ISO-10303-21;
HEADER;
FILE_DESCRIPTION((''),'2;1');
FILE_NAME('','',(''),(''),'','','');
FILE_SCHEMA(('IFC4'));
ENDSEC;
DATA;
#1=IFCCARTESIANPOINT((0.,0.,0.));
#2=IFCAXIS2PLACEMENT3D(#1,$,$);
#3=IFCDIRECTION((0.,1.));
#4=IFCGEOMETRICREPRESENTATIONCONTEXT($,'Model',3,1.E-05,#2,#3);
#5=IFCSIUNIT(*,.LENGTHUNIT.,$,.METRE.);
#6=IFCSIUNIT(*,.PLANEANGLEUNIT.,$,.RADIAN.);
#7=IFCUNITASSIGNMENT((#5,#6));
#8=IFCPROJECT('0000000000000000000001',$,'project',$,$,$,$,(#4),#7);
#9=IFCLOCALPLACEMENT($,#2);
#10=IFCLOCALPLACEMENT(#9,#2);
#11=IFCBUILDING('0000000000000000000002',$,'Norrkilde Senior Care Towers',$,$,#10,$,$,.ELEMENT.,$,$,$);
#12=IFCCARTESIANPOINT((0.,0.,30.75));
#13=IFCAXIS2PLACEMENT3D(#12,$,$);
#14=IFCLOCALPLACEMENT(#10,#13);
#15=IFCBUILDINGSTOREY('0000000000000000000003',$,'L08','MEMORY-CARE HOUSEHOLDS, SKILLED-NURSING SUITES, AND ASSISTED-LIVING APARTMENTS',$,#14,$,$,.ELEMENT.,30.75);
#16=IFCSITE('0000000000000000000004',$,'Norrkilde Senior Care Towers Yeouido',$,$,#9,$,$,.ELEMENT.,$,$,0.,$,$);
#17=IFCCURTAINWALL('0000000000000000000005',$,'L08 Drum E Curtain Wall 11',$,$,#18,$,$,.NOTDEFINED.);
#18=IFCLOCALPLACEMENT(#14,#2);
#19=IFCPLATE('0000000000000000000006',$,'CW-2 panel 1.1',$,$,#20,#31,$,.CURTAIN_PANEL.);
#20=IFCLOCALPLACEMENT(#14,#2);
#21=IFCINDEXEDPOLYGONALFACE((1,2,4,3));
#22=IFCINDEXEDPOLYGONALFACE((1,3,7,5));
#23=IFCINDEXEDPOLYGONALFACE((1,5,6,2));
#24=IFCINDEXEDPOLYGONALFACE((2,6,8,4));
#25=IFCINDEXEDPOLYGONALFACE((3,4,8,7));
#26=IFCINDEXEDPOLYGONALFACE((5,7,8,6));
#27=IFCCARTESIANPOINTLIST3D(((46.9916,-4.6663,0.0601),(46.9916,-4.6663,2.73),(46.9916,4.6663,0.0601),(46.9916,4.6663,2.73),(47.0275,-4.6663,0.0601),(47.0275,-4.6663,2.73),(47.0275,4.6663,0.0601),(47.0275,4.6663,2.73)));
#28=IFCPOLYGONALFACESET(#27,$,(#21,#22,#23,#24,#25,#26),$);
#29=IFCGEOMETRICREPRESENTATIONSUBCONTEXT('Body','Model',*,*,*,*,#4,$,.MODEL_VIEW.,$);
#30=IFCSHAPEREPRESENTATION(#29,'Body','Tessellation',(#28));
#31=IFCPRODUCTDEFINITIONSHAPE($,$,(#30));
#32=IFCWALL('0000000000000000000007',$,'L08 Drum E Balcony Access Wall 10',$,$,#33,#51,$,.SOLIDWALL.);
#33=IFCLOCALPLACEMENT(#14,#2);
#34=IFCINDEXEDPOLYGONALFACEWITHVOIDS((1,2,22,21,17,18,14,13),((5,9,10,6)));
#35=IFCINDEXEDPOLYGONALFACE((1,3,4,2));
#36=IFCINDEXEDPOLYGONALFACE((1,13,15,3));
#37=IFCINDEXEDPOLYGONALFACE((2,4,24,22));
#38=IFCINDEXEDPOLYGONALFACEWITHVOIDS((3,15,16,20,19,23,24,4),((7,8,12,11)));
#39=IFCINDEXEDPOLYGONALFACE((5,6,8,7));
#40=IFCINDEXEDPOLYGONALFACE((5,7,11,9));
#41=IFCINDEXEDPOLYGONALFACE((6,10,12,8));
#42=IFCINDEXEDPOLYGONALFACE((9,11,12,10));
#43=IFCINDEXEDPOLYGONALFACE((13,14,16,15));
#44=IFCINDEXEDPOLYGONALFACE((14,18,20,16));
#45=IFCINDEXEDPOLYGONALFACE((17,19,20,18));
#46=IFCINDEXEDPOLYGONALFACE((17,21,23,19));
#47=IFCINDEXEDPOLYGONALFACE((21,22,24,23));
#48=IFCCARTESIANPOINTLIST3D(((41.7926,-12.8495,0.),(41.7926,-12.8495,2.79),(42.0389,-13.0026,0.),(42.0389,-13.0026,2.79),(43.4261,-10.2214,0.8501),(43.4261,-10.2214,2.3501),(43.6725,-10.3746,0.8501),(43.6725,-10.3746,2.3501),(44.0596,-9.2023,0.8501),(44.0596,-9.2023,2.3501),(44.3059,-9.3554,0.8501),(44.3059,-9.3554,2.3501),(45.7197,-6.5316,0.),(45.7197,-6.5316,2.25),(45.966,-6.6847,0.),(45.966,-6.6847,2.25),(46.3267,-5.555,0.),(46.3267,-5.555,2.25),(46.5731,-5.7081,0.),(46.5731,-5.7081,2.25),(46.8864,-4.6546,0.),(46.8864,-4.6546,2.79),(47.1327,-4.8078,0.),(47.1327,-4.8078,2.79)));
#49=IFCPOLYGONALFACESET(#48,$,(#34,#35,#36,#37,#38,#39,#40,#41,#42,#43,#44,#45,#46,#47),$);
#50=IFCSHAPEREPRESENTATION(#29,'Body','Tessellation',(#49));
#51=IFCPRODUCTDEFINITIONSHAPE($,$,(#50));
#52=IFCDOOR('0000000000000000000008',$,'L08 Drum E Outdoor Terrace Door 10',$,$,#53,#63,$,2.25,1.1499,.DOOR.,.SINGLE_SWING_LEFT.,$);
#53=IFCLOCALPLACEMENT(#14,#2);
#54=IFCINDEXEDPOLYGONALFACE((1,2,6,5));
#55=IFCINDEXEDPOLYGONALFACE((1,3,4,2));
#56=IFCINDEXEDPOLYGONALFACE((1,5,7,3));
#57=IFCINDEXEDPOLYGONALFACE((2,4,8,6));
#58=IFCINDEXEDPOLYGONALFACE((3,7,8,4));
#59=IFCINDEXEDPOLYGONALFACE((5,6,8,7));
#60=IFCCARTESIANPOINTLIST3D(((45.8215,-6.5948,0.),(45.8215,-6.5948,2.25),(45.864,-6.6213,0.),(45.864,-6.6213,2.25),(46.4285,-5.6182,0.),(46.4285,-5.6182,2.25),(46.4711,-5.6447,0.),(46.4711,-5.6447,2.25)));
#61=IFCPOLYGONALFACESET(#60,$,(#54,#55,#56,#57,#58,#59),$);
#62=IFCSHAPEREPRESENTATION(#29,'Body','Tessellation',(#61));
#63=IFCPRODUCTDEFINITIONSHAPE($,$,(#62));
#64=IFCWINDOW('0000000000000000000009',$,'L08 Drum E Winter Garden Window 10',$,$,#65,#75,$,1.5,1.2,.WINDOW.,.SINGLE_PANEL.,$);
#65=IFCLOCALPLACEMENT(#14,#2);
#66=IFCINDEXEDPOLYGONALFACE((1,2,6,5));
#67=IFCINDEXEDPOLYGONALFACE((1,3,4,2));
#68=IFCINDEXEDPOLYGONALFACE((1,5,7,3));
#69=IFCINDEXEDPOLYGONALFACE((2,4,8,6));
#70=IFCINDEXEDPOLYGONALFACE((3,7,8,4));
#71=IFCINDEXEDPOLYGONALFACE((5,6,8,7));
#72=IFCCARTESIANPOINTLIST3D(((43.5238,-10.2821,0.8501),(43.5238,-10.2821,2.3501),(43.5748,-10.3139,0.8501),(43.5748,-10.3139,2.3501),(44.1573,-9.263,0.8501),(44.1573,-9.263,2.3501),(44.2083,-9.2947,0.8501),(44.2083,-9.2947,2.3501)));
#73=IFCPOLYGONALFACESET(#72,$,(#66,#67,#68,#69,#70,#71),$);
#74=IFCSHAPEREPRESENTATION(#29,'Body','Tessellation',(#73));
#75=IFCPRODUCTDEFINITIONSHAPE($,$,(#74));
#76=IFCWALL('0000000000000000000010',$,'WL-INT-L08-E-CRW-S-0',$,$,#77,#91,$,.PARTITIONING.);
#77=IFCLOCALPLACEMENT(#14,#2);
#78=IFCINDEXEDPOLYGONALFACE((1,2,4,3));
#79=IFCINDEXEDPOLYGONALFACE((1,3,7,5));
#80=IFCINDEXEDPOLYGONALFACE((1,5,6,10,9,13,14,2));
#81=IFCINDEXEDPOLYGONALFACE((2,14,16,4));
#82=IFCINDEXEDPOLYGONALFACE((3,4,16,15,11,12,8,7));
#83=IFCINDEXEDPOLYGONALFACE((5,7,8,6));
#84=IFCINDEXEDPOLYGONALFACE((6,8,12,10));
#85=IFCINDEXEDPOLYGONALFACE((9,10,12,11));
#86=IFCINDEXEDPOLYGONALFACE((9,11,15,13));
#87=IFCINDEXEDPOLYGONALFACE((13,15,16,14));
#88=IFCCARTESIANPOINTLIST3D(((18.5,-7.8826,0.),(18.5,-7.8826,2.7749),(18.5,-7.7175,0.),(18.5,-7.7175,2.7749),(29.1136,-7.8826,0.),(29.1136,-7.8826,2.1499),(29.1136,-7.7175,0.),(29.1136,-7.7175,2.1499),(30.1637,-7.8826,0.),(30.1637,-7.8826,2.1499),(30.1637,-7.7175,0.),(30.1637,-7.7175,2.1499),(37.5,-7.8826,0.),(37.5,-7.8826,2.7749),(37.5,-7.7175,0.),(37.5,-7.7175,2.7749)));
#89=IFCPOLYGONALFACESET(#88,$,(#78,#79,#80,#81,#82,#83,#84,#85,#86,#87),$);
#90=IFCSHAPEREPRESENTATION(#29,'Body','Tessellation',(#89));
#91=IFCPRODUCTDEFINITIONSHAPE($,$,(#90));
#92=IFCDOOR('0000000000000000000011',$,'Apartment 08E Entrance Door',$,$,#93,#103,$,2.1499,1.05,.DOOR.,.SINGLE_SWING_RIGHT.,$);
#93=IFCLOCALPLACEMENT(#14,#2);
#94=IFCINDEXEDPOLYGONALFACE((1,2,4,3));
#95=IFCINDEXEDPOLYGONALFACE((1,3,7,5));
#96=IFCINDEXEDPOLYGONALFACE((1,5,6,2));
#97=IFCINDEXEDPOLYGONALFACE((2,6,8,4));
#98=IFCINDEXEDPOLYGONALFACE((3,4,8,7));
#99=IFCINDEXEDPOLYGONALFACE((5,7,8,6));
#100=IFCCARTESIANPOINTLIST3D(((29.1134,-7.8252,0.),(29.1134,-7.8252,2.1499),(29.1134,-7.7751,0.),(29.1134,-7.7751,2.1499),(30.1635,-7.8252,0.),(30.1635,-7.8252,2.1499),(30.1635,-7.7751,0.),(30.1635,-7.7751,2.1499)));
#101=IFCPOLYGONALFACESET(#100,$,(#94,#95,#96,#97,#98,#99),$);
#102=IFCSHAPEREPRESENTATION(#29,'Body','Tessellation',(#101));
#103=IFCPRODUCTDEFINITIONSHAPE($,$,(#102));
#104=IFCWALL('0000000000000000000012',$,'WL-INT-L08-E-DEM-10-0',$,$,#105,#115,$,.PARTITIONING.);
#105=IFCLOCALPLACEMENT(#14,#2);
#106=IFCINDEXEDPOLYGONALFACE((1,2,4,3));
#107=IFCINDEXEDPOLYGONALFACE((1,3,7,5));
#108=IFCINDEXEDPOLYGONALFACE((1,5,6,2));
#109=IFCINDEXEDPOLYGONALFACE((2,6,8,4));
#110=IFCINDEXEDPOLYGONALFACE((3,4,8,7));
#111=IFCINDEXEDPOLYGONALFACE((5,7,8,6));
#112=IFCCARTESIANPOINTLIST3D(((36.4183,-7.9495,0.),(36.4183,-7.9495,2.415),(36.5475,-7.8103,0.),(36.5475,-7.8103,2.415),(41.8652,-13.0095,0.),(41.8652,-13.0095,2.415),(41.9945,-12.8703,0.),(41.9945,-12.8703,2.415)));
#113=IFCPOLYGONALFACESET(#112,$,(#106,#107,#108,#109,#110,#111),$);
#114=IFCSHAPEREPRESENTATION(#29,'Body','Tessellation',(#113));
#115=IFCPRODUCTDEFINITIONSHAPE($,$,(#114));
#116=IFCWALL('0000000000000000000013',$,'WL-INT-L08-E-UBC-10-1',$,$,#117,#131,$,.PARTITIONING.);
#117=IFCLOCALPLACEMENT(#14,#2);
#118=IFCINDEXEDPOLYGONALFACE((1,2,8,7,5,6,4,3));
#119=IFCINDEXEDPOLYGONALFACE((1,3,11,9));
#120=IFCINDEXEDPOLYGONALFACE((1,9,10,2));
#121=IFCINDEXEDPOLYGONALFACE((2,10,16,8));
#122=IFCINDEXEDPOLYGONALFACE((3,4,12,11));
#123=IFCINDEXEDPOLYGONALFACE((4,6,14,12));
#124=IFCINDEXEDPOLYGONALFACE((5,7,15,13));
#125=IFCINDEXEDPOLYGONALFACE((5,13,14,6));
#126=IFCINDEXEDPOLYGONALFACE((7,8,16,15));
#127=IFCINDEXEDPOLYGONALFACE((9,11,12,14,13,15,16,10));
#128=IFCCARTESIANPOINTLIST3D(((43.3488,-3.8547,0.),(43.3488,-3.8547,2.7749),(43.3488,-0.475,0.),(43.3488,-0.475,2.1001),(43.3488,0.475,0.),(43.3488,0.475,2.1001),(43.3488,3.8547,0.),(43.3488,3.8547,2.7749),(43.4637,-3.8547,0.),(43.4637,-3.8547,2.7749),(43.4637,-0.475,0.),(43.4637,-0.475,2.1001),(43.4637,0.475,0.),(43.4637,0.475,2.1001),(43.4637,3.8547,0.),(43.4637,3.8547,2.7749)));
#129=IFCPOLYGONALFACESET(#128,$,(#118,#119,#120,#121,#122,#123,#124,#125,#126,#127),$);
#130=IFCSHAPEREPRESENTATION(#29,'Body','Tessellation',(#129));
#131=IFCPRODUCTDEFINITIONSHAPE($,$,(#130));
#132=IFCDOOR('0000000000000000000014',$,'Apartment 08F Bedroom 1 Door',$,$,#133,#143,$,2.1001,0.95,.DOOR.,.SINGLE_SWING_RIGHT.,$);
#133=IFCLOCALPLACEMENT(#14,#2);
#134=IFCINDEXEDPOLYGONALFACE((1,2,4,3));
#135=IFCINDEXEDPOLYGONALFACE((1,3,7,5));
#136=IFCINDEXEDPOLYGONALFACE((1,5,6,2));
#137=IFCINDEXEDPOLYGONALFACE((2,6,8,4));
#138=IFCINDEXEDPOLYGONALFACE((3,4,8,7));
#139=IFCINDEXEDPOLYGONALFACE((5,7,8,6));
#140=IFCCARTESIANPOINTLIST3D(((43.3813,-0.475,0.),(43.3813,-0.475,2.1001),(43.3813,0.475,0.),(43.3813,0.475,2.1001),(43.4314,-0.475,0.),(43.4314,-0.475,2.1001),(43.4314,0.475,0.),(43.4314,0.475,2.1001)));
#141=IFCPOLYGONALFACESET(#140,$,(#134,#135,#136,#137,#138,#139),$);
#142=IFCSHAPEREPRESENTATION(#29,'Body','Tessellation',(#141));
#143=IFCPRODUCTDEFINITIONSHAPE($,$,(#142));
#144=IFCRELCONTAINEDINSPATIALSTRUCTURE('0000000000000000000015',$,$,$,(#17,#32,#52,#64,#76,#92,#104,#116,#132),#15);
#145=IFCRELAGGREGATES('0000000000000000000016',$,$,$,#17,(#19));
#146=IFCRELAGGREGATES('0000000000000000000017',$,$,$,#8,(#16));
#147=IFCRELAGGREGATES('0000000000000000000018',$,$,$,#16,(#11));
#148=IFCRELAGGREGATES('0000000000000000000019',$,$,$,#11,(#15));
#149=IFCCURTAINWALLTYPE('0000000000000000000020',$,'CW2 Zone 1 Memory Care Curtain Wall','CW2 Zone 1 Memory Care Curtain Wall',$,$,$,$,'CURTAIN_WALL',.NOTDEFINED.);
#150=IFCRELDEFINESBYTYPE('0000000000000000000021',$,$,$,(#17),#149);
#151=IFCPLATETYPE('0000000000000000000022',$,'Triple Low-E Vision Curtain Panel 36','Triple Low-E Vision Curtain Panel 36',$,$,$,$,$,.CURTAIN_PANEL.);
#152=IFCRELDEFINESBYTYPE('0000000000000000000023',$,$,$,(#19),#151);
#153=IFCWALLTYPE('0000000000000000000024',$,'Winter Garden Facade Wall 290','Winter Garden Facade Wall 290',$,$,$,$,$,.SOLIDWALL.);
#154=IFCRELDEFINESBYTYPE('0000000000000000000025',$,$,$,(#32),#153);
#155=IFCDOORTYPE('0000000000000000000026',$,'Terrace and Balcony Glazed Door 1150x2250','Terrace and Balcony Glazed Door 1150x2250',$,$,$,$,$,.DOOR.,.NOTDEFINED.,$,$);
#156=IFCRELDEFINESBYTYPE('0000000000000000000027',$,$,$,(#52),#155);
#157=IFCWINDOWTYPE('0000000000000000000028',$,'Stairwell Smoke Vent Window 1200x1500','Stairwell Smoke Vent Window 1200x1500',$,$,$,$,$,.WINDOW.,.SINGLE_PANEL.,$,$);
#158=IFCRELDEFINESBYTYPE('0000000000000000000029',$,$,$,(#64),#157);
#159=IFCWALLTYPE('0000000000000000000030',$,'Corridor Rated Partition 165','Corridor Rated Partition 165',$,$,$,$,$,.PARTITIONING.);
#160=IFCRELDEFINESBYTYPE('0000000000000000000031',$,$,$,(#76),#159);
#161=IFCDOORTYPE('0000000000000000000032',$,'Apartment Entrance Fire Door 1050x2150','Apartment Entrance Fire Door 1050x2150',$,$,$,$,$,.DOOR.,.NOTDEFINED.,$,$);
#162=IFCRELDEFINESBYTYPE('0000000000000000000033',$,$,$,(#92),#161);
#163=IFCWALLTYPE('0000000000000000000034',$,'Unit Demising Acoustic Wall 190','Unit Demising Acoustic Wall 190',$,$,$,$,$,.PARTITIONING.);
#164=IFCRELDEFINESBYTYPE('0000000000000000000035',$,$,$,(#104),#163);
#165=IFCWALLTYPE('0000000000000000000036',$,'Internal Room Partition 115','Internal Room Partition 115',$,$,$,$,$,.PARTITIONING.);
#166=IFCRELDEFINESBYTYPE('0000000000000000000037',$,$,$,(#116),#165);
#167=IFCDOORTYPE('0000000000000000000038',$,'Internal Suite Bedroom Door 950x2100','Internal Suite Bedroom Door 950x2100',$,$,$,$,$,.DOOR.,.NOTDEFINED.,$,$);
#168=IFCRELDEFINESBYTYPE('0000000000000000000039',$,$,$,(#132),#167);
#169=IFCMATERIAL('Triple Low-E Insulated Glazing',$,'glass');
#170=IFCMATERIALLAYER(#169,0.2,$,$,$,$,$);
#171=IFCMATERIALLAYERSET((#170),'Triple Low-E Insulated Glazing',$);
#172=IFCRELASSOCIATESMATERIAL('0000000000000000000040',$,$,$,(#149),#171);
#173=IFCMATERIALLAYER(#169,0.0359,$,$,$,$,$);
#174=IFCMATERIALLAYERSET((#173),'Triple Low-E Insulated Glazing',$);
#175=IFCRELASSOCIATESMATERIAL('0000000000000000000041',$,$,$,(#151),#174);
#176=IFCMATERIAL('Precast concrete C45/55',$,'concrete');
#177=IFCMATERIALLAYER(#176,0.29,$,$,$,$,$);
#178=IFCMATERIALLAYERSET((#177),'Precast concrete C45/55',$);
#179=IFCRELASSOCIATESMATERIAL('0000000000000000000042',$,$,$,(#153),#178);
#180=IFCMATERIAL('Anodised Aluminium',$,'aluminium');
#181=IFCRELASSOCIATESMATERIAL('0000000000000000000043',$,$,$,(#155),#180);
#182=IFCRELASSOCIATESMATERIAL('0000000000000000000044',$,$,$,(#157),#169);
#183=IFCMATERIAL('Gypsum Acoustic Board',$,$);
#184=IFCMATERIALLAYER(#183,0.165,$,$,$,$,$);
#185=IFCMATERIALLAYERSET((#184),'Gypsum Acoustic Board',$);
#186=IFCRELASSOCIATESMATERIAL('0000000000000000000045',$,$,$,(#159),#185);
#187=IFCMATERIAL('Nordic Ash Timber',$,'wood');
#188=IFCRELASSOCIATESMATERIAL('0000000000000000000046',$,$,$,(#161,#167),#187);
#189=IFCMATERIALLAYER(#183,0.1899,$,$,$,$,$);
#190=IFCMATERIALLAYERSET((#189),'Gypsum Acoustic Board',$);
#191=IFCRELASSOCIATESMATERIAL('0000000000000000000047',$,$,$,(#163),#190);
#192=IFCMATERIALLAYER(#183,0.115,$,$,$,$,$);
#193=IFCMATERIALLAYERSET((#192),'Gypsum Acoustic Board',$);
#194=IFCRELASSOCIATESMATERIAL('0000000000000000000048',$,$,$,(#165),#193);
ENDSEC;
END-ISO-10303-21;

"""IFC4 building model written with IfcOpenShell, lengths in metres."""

from ifc_helpers import new_model, si_unit, direction, frame, frame_2d, origin, origin_2d, place, context, subcontext, project, spatial, rectangle, extrude, source, transform, mapped, material, layer, layer_set, type_object, type_shapes, element, fill, aggregate, save


model = new_model("IFC4")

# Units and contexts
model_context = context("Model", 3, precision=1e-05, world=origin(), true_north=direction((0.0, 1.0)))
body_context = subcontext(model_context, "Body", "Model", "MODEL_VIEW")
ifc_project = project(units=[si_unit("LENGTHUNIT", "METRE"), si_unit("PLANEANGLEUNIT", "RADIAN")], contexts=[model_context])

# Site, building, storey
site_placement = place(None, origin())
site = spatial("IfcSite", under=ifc_project, at=site_placement, Name="Norrkilde Senior Care Towers Yeouido", CompositionType="ELEMENT", RefElevation=0.0)
building_placement = place(site_placement, origin())
building = spatial("IfcBuilding", under=site, at=building_placement, Name="Norrkilde Senior Care Towers", CompositionType="ELEMENT")
storey_placement = place(building_placement, frame((0.0, 0.0, 30.75)))
storey = spatial("IfcBuildingStorey", under=building, at=storey_placement, Name="L08", Description="MEMORY-CARE HOUSEHOLDS, SKILLED-NURSING SUITES, AND ASSISTED-LIVING APARTMENTS", CompositionType="ELEMENT", Elevation=30.75)

# Curtain wall
ifc_material_1 = material(Name="Triple Low-E Insulated Glazing", Category="glass")
ifc_layer_1 = layer(ifc_material_1, 0.2)
ifc_layer_set_1 = layer_set([ifc_layer_1], Name="Triple Low-E Insulated Glazing")
curtain_wall_type = type_object("IfcCurtainWallType", Name="CW2 Zone 1 Memory Care Curtain Wall", Description="CW2 Zone 1 Memory Care Curtain Wall", ElementType="CURTAIN_WALL", PredefinedType="NOTDEFINED", material=ifc_layer_set_1)
ifc_material_2 = material(Name="Anodised Aluminium", Category="aluminium")
curtain_wall_1_placement = place(storey_placement, origin())
curtain_wall_1 = element("IfcCurtainWall", 1, at=curtain_wall_1_placement, inside=storey, type_object=curtain_wall_type, Name="L08 Drum E Curtain Wall 11", PredefinedType="NOTDEFINED")

# Plate
ifc_layer_2 = layer(ifc_material_1, 0.0359)
ifc_layer_set_2 = layer_set([ifc_layer_2], Name="Triple Low-E Insulated Glazing")
plate_type = type_object("IfcPlateType", Name="Triple Low-E Vision Curtain Panel 36", Description="Triple Low-E Vision Curtain Panel 36", PredefinedType="CURTAIN_PANEL", material=ifc_layer_set_2)
shared_shape_1 = source(origin(), body_context, "Body", "SweptSolid", [
    extrude(rectangle(XDim=9.3325, YDim=0.0359, at=origin_2d()), origin(), (0.0, 0.0, 1.0), 2.6699),
])
plate_1_placement = place(storey_placement, frame((47.0095, 0.0, 0.0601), z_axis=(0.0, 0.0, 1.0), x_axis=(0.0, -1.0, 0.0)))
plate_1 = element("IfcPlate", 2, at=plate_1_placement, type_object=plate_type, Name="CW-2 panel 1.1", PredefinedType="CURTAIN_PANEL", context=body_context, shape_type="MappedRepresentation", body=[
    mapped(shared_shape_1, transform((0.0, 0.0, 0.0), x_axis=(1.0, 0.0, 0.0), y_axis=(0.0, 1.0, 0.0), z_axis=(0.0, 0.0, 1.0), scale=1.0)),
])
aggregate(curtain_wall_1, [plate_1])

# Wall, openings, door, window
ifc_material_3 = material(Name="Precast concrete C45/55", Category="concrete")
ifc_layer_3 = layer(ifc_material_3, 0.29)
ifc_layer_set_3 = layer_set([ifc_layer_3], Name="Precast concrete C45/55")
wall_type_1 = type_object("IfcWallType", Name="Winter Garden Facade Wall 290", Description="Winter Garden Facade Wall 290", PredefinedType="SOLIDWALL", material=ifc_layer_set_3)
shared_shape_2 = source(origin(), body_context, "Body", "SweptSolid", [
    extrude(rectangle(XDim=9.6489, YDim=0.29, at=frame_2d((4.8245, 0.0))), origin(), (0.0, 0.0, 1.0), 2.79),
])
type_shapes(wall_type_1, [shared_shape_2])
wall_1_placement = place(storey_placement, frame((47.0095, -4.7312, 0.0), z_axis=(0.0, 0.0, 1.0), x_axis=(-0.527909, -0.849301, 0.0)))
wall_1 = element("IfcWall", 3, at=wall_1_placement, inside=storey, type_object=wall_type_1, Name="L08 Drum E Balcony Access Wall 10", PredefinedType="SOLIDWALL", context=body_context, shape_type="MappedRepresentation", body=[
    mapped(shared_shape_2, transform((0.0, 0.0, 0.0), x_axis=(1.0, 0.0, 0.0), y_axis=(0.0, 1.0, 0.0), z_axis=(0.0, 0.0, 1.0), scale=1.0)),
])
opening_1_placement = place(wall_1_placement, frame((1.0601, 0.0, 0.0)))
opening_1 = element("IfcOpeningElement", 4, at=opening_1_placement, cuts=wall_1, PredefinedType="OPENING", context=body_context, shape_type="SweptSolid", body=[
    extrude(rectangle(XDim=1.1499, YDim=2.25, at=frame_2d((0.575, 1.125))), frame((0.0, 0.155, 0.0), z_axis=(0.0, -1.0, 0.0), x_axis=(1.0, 0.0, 0.0)), (0.0, 0.0, 1.0), 0.3101),
])
opening_2_placement = place(wall_1_placement, frame((5.3545, 0.0, 0.8501)))
opening_2 = element("IfcOpeningElement", 5, at=opening_2_placement, cuts=wall_1, PredefinedType="OPENING", context=body_context, shape_type="SweptSolid", body=[
    extrude(rectangle(XDim=1.2, YDim=1.5, at=frame_2d((0.6001, 0.75))), frame((0.0, 0.155, 0.0), z_axis=(0.0, -1.0, 0.0), x_axis=(1.0, 0.0, 0.0)), (0.0, 0.0, 1.0), 0.3101),
])
door_type_1 = type_object("IfcDoorType", Name="Terrace and Balcony Glazed Door 1150x2250", Description="Terrace and Balcony Glazed Door 1150x2250", OperationType="NOTDEFINED", PredefinedType="DOOR", material=ifc_material_2)
shared_shape_3 = source(origin(), body_context, "Body", "SweptSolid", [
    extrude(rectangle(XDim=1.1499, YDim=2.25, at=frame_2d((0.575, 1.125))), frame((0.0, 0.0249, 0.0), z_axis=(0.0, -1.0, 0.0), x_axis=(1.0, 0.0, 0.0)), (0.0, 0.0, 1.0), 0.05),
])
type_shapes(door_type_1, [shared_shape_3])
door_1_placement = place(opening_1_placement, origin())
door_1 = element("IfcDoor", 6, at=door_1_placement, inside=storey, type_object=door_type_1, Name="L08 Drum E Outdoor Terrace Door 10", OperationType="SINGLE_SWING_LEFT", OverallHeight=2.25, OverallWidth=1.1499, PredefinedType="DOOR", context=body_context, shape_type="MappedRepresentation", body=[
    mapped(shared_shape_3, transform((0.0, 0.0, 0.0), x_axis=(1.0, 0.0, 0.0), y_axis=(0.0, 1.0, 0.0), z_axis=(0.0, 0.0, 1.0), scale=1.0)),
])
fill(opening_1, door_1)
window_type = type_object("IfcWindowType", Name="Stairwell Smoke Vent Window 1200x1500", Description="Stairwell Smoke Vent Window 1200x1500", PartitioningType="SINGLE_PANEL", PredefinedType="WINDOW", material=ifc_material_1)
shared_shape_4 = source(origin(), body_context, "Body", "SweptSolid", [
    extrude(rectangle(XDim=1.2, YDim=1.5, at=frame_2d((0.6001, 0.75))), frame((0.0, 0.03, 0.0), z_axis=(0.0, -1.0, 0.0), x_axis=(1.0, 0.0, 0.0)), (0.0, 0.0, 1.0), 0.0601),
])
type_shapes(window_type, [shared_shape_4])
window_placement = place(opening_2_placement, origin())
window = element("IfcWindow", 7, at=window_placement, inside=storey, type_object=window_type, Name="L08 Drum E Winter Garden Window 10", OverallHeight=1.5, OverallWidth=1.2, PartitioningType="SINGLE_PANEL", PredefinedType="WINDOW", context=body_context, shape_type="MappedRepresentation", body=[
    mapped(shared_shape_4, transform((0.0, 0.0, 0.0), x_axis=(1.0, 0.0, 0.0), y_axis=(0.0, 1.0, 0.0), z_axis=(0.0, 0.0, 1.0), scale=1.0)),
])
fill(opening_2, window)

# Wall, opening, door
ifc_material_4 = material(Name="Gypsum Acoustic Board")
ifc_layer_4 = layer(ifc_material_4, 0.165)
ifc_layer_set_4 = layer_set([ifc_layer_4], Name="Gypsum Acoustic Board")
wall_type_2 = type_object("IfcWallType", Name="Corridor Rated Partition 165", Description="Corridor Rated Partition 165", PredefinedType="PARTITIONING", material=ifc_layer_set_4)
shared_shape_5 = source(origin(), body_context, "Body", "SweptSolid", [
    extrude(rectangle(XDim=19.0, YDim=0.165, at=frame_2d((9.5, 0.0))), origin(), (0.0, 0.0, 1.0), 2.7749),
])
type_shapes(wall_type_2, [shared_shape_5])
wall_2_placement = place(storey_placement, frame((37.5, -7.8, 0.0), z_axis=(0.0, 0.0, 1.0), x_axis=(-1.0, 0.0, 0.0)))
wall_2 = element("IfcWall", 8, at=wall_2_placement, inside=storey, type_object=wall_type_2, Name="WL-INT-L08-E-CRW-S-0", PredefinedType="PARTITIONING", context=body_context, shape_type="MappedRepresentation", body=[
    mapped(shared_shape_5, transform((0.0, 0.0, 0.0), x_axis=(1.0, 0.0, 0.0), y_axis=(0.0, 1.0, 0.0), z_axis=(0.0, 0.0, 1.0), scale=1.0)),
])
opening_3_placement = place(wall_2_placement, frame((7.3364, 0.0, 0.0)))
opening_3 = element("IfcOpeningElement", 9, at=opening_3_placement, cuts=wall_2, PredefinedType="OPENING", context=body_context, shape_type="SweptSolid", body=[
    extrude(rectangle(XDim=1.05, YDim=2.1499, at=frame_2d((0.5249, 1.075))), frame((0.0, 0.0925, 0.0), z_axis=(0.0, -1.0, 0.0), x_axis=(1.0, 0.0, 0.0)), (0.0, 0.0, 1.0), 0.1851),
])
ifc_material_5 = material(Name="Nordic Ash Timber", Category="wood")
door_type_2 = type_object("IfcDoorType", Name="Apartment Entrance Fire Door 1050x2150", Description="Apartment Entrance Fire Door 1050x2150", OperationType="NOTDEFINED", PredefinedType="DOOR", material=ifc_material_5)
shared_shape_6 = source(origin(), body_context, "Body", "SweptSolid", [
    extrude(rectangle(XDim=1.05, YDim=2.1499, at=frame_2d((0.5249, 1.075))), frame((0.0, 0.0249, 0.0), z_axis=(0.0, -1.0, 0.0), x_axis=(1.0, 0.0, 0.0)), (0.0, 0.0, 1.0), 0.05),
])
type_shapes(door_type_2, [shared_shape_6])
door_2_placement = place(opening_3_placement, frame((1.05, 0.0, 0.0), z_axis=(0.0, 0.0, 1.0), x_axis=(-1.0, 0.0, 0.0)))
door_2 = element("IfcDoor", 10, at=door_2_placement, inside=storey, type_object=door_type_2, Name="Apartment 08E Entrance Door", OperationType="SINGLE_SWING_RIGHT", OverallHeight=2.1499, OverallWidth=1.05, PredefinedType="DOOR", context=body_context, shape_type="MappedRepresentation", body=[
    mapped(shared_shape_6, transform((0.0, 0.0, 0.0), x_axis=(1.0, 0.0, 0.0), y_axis=(0.0, 1.0, 0.0), z_axis=(0.0, 0.0, 1.0), scale=1.0)),
])
fill(opening_3, door_2)

# Wall
ifc_layer_5 = layer(ifc_material_4, 0.1899)
ifc_layer_set_5 = layer_set([ifc_layer_5], Name="Gypsum Acoustic Board")
wall_type_3 = type_object("IfcWallType", Name="Unit Demising Acoustic Wall 190", Description="Unit Demising Acoustic Wall 190", PredefinedType="PARTITIONING", material=ifc_layer_set_5)
shared_shape_7 = source(origin(), body_context, "Body", "SweptSolid", [
    extrude(rectangle(XDim=7.4346, YDim=0.1899, at=frame_2d((3.7173, 0.0))), origin(), (0.0, 0.0, 1.0), 2.415),
])
type_shapes(wall_type_3, [shared_shape_7])
wall_3_placement = place(storey_placement, frame((36.4829, -7.8799, 0.0), z_axis=(0.0, 0.0, 1.0), x_axis=(0.732652, -0.680603, 0.0)))
element("IfcWall", 11, at=wall_3_placement, inside=storey, type_object=wall_type_3, Name="WL-INT-L08-E-DEM-10-0", PredefinedType="PARTITIONING", context=body_context, shape_type="MappedRepresentation", body=[
    mapped(shared_shape_7, transform((0.0, 0.0, 0.0), x_axis=(1.0, 0.0, 0.0), y_axis=(0.0, 1.0, 0.0), z_axis=(0.0, 0.0, 1.0), scale=1.0)),
])

# Wall, opening, door
ifc_layer_6 = layer(ifc_material_4, 0.115)
ifc_layer_set_6 = layer_set([ifc_layer_6], Name="Gypsum Acoustic Board")
wall_type_4 = type_object("IfcWallType", Name="Internal Room Partition 115", Description="Internal Room Partition 115", PredefinedType="PARTITIONING", material=ifc_layer_set_6)
shared_shape_8 = source(origin(), body_context, "Body", "SweptSolid", [
    extrude(rectangle(XDim=7.7095, YDim=0.115, at=frame_2d((3.8547, 0.0))), origin(), (0.0, 0.0, 1.0), 2.7749),
])
wall_4_placement = place(storey_placement, frame((43.4062, -3.8547, 0.0), z_axis=(0.0, 0.0, 1.0), x_axis=(0.0, 1.0, 0.0)))
wall_4 = element("IfcWall", 12, at=wall_4_placement, inside=storey, type_object=wall_type_4, Name="WL-INT-L08-E-UBC-10-1", PredefinedType="PARTITIONING", context=body_context, shape_type="MappedRepresentation", body=[
    mapped(shared_shape_8, transform((0.0, 0.0, 0.0), x_axis=(1.0, 0.0, 0.0), y_axis=(0.0, 1.0, 0.0), z_axis=(0.0, 0.0, 1.0), scale=1.0)),
])
opening_4_placement = place(wall_4_placement, frame((3.3796, 0.0, 0.0)))
opening_4 = element("IfcOpeningElement", 13, at=opening_4_placement, cuts=wall_4, PredefinedType="OPENING", context=body_context, shape_type="SweptSolid", body=[
    extrude(rectangle(XDim=0.95, YDim=2.1001, at=frame_2d((0.4751, 1.05))), frame((0.0, 0.0674, 0.0), z_axis=(0.0, -1.0, 0.0), x_axis=(1.0, 0.0, 0.0)), (0.0, 0.0, 1.0), 0.135),
])
door_type_3 = type_object("IfcDoorType", Name="Internal Suite Bedroom Door 950x2100", Description="Internal Suite Bedroom Door 950x2100", OperationType="NOTDEFINED", PredefinedType="DOOR", material=ifc_material_5)
shared_shape_9 = source(origin(), body_context, "Body", "SweptSolid", [
    extrude(rectangle(XDim=0.95, YDim=2.1001, at=frame_2d((0.4751, 1.05))), frame((0.0, 0.0249, 0.0), z_axis=(0.0, -1.0, 0.0), x_axis=(1.0, 0.0, 0.0)), (0.0, 0.0, 1.0), 0.05),
])
type_shapes(door_type_3, [shared_shape_9])
door_3_placement = place(opening_4_placement, origin())
door_3 = element("IfcDoor", 14, at=door_3_placement, inside=storey, type_object=door_type_3, Name="Apartment 08F Bedroom 1 Door", OperationType="SINGLE_SWING_RIGHT", OverallHeight=2.1001, OverallWidth=0.95, PredefinedType="DOOR", context=body_context, shape_type="MappedRepresentation", body=[
    mapped(shared_shape_9, transform((0.0, 0.0, 0.0), x_axis=(1.0, 0.0, 0.0), y_axis=(0.0, 1.0, 0.0), z_axis=(0.0, 0.0, 1.0), scale=1.0)),
])
fill(opening_4, door_3)

save(model, "model.ifc")
